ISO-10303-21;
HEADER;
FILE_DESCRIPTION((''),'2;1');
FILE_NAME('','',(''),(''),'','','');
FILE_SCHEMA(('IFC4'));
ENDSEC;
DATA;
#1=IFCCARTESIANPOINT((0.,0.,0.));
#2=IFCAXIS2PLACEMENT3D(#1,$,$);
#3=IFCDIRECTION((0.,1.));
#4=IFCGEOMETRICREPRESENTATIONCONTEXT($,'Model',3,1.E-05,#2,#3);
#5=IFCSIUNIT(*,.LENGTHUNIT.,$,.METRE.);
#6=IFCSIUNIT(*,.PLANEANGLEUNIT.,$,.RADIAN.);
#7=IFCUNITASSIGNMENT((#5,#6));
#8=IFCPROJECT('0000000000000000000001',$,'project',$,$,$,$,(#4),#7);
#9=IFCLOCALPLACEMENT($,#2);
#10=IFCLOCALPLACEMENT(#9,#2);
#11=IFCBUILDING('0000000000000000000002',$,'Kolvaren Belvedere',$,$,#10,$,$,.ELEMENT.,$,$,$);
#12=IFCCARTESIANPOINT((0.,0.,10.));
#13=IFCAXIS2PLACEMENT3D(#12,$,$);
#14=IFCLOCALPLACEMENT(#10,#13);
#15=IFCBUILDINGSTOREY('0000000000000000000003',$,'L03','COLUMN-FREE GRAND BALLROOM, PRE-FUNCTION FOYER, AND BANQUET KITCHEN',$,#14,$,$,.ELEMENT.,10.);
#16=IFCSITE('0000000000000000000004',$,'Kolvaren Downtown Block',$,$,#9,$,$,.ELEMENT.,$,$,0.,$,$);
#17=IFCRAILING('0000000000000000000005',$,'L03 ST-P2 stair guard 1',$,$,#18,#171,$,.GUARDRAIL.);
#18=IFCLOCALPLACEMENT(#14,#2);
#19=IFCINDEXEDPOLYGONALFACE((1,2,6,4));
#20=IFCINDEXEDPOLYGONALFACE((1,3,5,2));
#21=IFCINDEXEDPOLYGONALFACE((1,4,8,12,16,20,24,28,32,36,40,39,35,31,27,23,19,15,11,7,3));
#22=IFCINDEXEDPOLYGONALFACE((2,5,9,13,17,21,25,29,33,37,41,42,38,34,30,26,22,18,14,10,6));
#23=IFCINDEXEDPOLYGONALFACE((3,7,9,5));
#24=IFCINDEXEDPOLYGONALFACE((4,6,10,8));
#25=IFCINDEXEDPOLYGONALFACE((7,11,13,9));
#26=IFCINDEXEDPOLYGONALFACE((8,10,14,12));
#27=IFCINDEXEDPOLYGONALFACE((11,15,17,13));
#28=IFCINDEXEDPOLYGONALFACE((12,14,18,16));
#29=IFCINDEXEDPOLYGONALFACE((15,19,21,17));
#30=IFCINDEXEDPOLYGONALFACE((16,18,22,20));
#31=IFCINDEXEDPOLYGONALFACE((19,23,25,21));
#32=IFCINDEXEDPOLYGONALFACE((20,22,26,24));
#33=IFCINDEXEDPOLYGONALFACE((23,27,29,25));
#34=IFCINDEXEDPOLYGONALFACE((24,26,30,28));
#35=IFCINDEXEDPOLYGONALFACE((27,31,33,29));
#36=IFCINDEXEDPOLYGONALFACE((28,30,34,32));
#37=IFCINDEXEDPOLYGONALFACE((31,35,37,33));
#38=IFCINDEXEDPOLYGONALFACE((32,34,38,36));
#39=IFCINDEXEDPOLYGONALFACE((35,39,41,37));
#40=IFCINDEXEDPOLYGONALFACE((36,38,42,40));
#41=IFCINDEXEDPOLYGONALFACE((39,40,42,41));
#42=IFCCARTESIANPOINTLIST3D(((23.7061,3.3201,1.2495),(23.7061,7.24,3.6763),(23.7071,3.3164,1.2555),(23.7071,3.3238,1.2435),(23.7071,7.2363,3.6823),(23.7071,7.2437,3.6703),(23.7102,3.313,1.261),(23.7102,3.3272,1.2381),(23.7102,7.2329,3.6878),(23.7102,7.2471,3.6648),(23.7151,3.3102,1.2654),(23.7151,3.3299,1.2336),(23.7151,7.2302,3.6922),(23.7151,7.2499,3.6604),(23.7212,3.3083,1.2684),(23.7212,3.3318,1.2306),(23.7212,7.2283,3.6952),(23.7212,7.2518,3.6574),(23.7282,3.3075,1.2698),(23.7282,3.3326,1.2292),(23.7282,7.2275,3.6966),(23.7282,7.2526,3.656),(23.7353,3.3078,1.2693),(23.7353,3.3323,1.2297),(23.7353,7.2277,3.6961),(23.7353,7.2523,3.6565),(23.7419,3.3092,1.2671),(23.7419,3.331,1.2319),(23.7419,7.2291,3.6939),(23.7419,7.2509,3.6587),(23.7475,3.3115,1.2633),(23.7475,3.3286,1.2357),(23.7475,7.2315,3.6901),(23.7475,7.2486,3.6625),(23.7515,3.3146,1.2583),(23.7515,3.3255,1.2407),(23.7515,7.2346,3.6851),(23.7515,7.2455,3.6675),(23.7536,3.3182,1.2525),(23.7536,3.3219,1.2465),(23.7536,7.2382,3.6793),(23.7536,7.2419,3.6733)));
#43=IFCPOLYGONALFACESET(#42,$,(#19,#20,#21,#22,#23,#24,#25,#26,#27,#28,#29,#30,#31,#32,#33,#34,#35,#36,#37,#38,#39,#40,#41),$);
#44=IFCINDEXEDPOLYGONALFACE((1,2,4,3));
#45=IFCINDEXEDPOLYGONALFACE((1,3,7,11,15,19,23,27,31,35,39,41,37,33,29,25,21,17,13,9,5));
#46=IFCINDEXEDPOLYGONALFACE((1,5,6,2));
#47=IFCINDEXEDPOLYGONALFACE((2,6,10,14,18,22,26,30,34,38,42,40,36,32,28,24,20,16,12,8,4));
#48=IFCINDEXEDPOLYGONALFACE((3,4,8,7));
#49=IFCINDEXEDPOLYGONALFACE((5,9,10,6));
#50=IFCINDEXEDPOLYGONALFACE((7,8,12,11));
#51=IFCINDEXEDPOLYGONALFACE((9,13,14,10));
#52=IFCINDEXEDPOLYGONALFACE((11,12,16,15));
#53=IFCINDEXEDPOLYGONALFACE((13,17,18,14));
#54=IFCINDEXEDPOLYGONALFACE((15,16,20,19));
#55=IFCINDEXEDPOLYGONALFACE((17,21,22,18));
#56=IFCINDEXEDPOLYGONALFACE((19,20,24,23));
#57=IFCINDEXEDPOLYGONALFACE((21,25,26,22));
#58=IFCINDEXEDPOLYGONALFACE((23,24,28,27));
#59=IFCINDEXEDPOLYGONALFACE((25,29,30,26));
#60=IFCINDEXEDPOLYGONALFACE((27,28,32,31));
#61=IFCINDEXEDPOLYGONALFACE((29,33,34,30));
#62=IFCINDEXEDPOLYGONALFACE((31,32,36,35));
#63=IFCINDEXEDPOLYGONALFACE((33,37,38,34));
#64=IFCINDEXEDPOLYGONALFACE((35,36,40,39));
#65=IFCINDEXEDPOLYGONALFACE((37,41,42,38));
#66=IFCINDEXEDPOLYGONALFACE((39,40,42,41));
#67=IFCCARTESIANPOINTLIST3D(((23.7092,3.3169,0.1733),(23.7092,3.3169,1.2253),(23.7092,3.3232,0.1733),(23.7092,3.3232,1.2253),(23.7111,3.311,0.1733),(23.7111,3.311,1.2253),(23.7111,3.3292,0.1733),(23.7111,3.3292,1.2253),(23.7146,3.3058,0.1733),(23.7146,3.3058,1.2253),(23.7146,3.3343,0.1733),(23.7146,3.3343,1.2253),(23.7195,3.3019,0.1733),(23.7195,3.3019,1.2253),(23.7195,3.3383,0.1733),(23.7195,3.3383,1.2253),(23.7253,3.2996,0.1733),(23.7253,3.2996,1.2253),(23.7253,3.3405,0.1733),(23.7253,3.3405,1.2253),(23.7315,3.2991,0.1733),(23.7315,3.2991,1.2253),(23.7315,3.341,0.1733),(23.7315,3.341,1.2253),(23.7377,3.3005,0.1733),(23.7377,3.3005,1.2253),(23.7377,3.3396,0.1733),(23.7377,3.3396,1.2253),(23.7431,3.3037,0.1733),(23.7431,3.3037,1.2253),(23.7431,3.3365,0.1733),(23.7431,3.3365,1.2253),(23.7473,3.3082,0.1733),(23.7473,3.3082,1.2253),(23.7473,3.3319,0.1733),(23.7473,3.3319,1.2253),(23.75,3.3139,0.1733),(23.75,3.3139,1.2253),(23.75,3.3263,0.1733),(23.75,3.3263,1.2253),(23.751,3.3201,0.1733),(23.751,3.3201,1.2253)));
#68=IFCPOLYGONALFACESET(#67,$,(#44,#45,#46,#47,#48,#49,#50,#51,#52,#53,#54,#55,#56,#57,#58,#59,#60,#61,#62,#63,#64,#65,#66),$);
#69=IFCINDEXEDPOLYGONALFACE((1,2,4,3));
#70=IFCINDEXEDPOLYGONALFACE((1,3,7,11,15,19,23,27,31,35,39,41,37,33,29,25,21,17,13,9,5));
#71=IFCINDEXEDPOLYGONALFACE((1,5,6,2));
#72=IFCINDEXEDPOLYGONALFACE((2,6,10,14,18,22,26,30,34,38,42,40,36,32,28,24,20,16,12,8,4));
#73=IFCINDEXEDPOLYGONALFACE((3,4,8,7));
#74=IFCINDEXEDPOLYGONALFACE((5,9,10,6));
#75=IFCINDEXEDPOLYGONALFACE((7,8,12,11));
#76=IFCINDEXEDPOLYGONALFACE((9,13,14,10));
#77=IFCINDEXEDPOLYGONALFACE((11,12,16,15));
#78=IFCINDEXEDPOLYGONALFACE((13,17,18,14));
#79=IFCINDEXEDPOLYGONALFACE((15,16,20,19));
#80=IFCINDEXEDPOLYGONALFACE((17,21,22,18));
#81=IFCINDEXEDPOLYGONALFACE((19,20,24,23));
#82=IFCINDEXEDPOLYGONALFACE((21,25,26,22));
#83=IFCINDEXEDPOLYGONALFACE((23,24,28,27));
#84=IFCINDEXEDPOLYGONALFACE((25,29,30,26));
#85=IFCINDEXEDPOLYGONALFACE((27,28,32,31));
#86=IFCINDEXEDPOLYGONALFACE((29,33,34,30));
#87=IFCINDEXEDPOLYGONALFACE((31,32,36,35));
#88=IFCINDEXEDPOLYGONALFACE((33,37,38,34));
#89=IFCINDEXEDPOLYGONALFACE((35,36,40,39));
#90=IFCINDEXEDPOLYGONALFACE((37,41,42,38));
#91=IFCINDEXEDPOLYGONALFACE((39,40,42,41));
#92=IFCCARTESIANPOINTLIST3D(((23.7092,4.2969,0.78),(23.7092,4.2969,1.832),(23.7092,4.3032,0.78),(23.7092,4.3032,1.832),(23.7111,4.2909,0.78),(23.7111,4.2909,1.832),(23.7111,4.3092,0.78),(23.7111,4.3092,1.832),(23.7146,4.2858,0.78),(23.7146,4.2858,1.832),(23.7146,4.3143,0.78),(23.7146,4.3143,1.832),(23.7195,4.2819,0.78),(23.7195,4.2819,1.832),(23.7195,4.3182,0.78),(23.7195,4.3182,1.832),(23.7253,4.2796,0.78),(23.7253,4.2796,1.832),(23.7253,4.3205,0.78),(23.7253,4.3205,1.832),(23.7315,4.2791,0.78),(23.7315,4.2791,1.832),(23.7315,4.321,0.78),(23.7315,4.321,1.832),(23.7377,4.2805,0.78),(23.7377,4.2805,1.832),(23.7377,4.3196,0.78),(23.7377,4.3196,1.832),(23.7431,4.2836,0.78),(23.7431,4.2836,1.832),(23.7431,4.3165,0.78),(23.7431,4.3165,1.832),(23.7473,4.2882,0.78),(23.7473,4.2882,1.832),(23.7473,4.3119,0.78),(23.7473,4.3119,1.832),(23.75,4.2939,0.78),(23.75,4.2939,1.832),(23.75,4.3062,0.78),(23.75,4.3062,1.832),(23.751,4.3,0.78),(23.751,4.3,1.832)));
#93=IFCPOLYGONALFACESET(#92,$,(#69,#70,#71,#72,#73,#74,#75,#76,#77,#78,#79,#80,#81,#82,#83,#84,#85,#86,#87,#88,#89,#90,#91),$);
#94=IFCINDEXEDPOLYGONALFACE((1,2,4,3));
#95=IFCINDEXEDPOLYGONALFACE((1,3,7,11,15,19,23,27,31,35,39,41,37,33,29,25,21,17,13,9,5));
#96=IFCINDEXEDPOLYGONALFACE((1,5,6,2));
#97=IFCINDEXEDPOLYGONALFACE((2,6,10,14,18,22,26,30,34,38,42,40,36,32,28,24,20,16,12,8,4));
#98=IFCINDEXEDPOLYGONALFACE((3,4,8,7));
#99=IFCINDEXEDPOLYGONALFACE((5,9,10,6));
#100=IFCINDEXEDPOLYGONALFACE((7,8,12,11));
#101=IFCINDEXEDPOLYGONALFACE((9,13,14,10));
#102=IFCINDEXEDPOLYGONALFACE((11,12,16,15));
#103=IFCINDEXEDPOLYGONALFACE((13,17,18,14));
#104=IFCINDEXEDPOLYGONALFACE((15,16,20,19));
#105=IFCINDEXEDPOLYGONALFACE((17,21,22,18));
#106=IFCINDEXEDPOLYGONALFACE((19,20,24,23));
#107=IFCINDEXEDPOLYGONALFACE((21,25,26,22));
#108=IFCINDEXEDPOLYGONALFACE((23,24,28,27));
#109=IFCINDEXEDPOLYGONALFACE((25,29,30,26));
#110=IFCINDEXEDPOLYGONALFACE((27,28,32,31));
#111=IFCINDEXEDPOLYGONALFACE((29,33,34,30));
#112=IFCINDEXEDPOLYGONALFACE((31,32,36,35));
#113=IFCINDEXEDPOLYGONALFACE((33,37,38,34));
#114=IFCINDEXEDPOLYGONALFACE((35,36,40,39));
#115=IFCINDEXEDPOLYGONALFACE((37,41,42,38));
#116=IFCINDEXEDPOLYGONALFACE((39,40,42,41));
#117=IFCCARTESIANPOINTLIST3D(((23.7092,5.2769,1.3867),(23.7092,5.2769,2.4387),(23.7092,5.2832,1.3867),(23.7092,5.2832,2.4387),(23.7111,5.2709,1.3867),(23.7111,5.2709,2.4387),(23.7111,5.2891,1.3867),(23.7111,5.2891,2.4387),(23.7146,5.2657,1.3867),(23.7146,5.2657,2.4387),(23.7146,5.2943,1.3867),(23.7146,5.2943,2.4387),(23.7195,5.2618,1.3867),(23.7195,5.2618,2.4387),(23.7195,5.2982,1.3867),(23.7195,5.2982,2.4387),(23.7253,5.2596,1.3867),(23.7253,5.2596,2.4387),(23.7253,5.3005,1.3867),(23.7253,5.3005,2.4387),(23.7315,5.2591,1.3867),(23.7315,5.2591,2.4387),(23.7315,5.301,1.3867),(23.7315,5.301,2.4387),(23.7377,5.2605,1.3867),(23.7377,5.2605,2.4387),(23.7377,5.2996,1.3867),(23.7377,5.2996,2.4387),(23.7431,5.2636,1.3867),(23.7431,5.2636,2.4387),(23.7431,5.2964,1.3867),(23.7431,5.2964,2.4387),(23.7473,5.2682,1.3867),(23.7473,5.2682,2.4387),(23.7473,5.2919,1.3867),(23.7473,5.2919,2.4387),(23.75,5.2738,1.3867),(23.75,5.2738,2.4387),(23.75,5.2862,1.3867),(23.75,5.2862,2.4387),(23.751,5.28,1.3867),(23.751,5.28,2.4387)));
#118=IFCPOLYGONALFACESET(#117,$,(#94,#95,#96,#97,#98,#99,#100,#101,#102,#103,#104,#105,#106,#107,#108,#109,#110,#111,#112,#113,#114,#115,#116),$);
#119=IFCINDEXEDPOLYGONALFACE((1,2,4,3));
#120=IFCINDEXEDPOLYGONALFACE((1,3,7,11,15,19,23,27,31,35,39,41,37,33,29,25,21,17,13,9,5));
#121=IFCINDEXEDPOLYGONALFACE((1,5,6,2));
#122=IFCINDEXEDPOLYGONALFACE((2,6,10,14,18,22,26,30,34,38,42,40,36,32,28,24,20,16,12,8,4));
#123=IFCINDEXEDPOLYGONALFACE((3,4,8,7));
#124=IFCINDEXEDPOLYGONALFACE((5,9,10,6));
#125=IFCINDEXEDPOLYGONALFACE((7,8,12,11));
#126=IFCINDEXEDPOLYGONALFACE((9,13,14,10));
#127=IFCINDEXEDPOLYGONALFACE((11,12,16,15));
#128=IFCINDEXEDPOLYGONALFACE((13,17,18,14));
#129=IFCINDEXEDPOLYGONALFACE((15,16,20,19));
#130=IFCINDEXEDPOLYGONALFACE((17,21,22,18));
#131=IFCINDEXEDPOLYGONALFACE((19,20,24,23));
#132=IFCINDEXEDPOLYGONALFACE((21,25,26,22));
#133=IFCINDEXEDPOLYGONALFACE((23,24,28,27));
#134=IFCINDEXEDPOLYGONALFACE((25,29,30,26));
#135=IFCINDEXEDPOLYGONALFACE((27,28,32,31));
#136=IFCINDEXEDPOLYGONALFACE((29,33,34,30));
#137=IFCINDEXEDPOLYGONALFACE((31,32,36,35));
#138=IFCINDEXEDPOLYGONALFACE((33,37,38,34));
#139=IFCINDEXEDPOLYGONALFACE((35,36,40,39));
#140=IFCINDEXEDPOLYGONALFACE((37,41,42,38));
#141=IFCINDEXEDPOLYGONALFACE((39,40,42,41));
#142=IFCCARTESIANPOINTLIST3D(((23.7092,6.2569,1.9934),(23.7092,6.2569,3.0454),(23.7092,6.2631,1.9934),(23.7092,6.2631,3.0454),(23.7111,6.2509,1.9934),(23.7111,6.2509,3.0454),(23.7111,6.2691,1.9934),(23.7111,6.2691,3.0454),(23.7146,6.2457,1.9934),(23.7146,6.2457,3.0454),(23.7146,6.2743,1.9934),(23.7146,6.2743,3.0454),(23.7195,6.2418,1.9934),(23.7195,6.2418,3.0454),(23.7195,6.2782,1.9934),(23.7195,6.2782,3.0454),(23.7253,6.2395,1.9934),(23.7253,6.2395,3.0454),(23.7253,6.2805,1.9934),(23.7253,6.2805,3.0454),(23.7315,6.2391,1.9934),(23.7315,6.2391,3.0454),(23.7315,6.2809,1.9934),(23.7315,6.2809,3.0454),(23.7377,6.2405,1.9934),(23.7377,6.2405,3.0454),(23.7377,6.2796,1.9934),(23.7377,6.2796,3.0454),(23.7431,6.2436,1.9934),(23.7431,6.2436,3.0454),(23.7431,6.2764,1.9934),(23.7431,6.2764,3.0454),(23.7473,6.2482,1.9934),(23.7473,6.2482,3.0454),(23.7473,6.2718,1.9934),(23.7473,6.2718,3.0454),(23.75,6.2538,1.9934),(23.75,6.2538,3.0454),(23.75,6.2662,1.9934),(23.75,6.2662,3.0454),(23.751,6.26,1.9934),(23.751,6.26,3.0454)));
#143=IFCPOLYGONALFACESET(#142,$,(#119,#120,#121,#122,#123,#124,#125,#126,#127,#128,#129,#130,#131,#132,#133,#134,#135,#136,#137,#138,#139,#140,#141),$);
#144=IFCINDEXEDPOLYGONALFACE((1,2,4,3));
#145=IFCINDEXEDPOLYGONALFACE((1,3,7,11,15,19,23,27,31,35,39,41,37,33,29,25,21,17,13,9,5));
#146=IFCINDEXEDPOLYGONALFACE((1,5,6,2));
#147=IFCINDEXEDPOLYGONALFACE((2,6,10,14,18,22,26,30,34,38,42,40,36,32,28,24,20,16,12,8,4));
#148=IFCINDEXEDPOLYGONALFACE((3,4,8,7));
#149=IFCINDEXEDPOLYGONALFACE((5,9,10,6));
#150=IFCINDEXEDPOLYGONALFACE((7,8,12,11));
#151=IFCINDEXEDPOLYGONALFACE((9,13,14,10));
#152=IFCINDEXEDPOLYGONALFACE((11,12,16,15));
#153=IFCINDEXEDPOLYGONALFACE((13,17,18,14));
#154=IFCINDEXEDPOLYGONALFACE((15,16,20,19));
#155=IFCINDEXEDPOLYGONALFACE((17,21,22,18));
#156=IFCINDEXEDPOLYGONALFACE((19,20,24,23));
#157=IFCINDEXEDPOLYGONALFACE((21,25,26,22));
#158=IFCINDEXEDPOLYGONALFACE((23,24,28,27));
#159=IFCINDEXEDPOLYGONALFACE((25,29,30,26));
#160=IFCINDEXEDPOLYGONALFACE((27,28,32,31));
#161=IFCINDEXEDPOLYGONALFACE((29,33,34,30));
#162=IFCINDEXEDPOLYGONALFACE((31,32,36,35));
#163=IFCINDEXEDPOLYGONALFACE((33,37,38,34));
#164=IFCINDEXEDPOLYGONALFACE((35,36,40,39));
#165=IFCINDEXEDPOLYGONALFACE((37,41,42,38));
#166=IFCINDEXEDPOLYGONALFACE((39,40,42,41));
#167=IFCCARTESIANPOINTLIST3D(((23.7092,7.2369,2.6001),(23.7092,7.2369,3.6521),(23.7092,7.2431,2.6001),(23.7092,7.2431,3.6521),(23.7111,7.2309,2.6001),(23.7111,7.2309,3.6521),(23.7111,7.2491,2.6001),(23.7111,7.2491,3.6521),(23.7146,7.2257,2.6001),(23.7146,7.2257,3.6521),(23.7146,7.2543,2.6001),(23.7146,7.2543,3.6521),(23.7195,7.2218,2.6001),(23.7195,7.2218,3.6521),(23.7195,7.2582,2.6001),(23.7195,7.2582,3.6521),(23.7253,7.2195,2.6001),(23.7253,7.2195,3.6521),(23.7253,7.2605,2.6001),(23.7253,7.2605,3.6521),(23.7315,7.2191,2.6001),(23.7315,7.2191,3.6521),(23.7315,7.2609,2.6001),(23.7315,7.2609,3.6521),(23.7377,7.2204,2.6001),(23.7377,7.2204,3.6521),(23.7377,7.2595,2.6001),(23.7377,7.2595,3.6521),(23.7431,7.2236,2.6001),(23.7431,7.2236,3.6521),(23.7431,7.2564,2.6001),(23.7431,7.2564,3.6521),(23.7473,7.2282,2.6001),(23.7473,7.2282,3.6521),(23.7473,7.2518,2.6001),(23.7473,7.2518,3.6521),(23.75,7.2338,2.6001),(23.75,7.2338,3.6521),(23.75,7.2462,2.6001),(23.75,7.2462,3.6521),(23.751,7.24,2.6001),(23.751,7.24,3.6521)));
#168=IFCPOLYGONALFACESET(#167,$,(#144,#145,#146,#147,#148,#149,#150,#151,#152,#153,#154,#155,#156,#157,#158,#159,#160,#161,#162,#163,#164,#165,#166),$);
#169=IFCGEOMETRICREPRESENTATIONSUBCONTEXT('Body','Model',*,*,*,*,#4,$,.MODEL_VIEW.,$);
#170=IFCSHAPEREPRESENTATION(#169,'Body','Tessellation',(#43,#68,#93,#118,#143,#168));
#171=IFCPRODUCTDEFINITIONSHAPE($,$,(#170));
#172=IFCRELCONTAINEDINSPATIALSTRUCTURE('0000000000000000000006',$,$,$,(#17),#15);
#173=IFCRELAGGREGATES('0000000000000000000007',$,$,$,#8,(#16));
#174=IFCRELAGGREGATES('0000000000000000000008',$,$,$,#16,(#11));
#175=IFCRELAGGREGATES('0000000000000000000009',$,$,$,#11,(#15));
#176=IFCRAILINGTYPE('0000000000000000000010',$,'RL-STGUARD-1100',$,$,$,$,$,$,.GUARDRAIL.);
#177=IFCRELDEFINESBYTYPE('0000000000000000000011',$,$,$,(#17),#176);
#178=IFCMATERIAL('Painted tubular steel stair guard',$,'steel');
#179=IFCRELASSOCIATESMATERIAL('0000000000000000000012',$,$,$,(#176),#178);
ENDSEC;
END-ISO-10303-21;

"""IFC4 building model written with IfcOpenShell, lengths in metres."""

from ifc_helpers import new_model, si_unit, direction, frame, origin, origin_2d, place, context, subcontext, project, spatial, circle, extrude, material, type_object, element, save


model = new_model("IFC4")

# Units and contexts
model_context = context("Model", 3, precision=1e-05, world=origin(), true_north=direction((0.0, 1.0)))
body_context = subcontext(model_context, "Body", "Model", "MODEL_VIEW")
ifc_project = project(units=[si_unit("LENGTHUNIT", "METRE"), si_unit("PLANEANGLEUNIT", "RADIAN")], contexts=[model_context])

# Site, building, storey
site_placement = place(None, origin())
site = spatial("IfcSite", under=ifc_project, at=site_placement, Name="Kolvaren Downtown Block", CompositionType="ELEMENT", RefElevation=0.0)
building_placement = place(site_placement, origin())
building = spatial("IfcBuilding", under=site, at=building_placement, Name="Kolvaren Belvedere", CompositionType="ELEMENT")
storey_placement = place(building_placement, frame((0.0, 0.0, 10.0)))
storey = spatial("IfcBuildingStorey", under=building, at=storey_placement, Name="L03", Description="COLUMN-FREE GRAND BALLROOM, PRE-FUNCTION FOYER, AND BANQUET KITCHEN", CompositionType="ELEMENT", Elevation=10.0)

# Railing
ifc_material_1 = material(Name="Painted tubular steel stair guard", Category="steel")
railing_type_1 = type_object("IfcRailingType", Name="RL-STGUARD-1100", PredefinedType="GUARDRAIL", material=ifc_material_1)
railing_1_placement = place(storey_placement, frame((23.73, 3.3201, 0.1733)))
element("IfcRailing", 1, at=railing_1_placement, inside=storey, type_object=railing_type_1, Name="L03 ST-P2 stair guard 1", PredefinedType="GUARDRAIL", context=body_context, shape_type="SweptSolid", body=[
    extrude(circle(Radius=0.0239, at=origin_2d()), frame((0.0, 0.0, 1.0762), z_axis=(0.0, 0.850252, 0.526376), x_axis=(-1.0, 0.0, 0.0)), (0.0, 0.0, 1.0), 4.6104),
    extrude(circle(Radius=0.021, at=origin_2d()), origin(), (0.0, 0.0, 1.0), 1.052),
    extrude(circle(Radius=0.021, at=origin_2d()), frame((0.0, 0.98, 0.6067)), (0.0, 0.0, 1.0), 1.052),
    extrude(circle(Radius=0.021, at=origin_2d()), frame((0.0, 1.96, 1.2134)), (0.0, 0.0, 1.0), 1.052),
    extrude(circle(Radius=0.021, at=origin_2d()), frame((0.0, 2.9399, 1.8201)), (0.0, 0.0, 1.0), 1.052),
    extrude(circle(Radius=0.021, at=origin_2d()), frame((0.0, 3.9199, 2.4268)), (0.0, 0.0, 1.0), 1.052),
])

save(model, "model.ifc")
